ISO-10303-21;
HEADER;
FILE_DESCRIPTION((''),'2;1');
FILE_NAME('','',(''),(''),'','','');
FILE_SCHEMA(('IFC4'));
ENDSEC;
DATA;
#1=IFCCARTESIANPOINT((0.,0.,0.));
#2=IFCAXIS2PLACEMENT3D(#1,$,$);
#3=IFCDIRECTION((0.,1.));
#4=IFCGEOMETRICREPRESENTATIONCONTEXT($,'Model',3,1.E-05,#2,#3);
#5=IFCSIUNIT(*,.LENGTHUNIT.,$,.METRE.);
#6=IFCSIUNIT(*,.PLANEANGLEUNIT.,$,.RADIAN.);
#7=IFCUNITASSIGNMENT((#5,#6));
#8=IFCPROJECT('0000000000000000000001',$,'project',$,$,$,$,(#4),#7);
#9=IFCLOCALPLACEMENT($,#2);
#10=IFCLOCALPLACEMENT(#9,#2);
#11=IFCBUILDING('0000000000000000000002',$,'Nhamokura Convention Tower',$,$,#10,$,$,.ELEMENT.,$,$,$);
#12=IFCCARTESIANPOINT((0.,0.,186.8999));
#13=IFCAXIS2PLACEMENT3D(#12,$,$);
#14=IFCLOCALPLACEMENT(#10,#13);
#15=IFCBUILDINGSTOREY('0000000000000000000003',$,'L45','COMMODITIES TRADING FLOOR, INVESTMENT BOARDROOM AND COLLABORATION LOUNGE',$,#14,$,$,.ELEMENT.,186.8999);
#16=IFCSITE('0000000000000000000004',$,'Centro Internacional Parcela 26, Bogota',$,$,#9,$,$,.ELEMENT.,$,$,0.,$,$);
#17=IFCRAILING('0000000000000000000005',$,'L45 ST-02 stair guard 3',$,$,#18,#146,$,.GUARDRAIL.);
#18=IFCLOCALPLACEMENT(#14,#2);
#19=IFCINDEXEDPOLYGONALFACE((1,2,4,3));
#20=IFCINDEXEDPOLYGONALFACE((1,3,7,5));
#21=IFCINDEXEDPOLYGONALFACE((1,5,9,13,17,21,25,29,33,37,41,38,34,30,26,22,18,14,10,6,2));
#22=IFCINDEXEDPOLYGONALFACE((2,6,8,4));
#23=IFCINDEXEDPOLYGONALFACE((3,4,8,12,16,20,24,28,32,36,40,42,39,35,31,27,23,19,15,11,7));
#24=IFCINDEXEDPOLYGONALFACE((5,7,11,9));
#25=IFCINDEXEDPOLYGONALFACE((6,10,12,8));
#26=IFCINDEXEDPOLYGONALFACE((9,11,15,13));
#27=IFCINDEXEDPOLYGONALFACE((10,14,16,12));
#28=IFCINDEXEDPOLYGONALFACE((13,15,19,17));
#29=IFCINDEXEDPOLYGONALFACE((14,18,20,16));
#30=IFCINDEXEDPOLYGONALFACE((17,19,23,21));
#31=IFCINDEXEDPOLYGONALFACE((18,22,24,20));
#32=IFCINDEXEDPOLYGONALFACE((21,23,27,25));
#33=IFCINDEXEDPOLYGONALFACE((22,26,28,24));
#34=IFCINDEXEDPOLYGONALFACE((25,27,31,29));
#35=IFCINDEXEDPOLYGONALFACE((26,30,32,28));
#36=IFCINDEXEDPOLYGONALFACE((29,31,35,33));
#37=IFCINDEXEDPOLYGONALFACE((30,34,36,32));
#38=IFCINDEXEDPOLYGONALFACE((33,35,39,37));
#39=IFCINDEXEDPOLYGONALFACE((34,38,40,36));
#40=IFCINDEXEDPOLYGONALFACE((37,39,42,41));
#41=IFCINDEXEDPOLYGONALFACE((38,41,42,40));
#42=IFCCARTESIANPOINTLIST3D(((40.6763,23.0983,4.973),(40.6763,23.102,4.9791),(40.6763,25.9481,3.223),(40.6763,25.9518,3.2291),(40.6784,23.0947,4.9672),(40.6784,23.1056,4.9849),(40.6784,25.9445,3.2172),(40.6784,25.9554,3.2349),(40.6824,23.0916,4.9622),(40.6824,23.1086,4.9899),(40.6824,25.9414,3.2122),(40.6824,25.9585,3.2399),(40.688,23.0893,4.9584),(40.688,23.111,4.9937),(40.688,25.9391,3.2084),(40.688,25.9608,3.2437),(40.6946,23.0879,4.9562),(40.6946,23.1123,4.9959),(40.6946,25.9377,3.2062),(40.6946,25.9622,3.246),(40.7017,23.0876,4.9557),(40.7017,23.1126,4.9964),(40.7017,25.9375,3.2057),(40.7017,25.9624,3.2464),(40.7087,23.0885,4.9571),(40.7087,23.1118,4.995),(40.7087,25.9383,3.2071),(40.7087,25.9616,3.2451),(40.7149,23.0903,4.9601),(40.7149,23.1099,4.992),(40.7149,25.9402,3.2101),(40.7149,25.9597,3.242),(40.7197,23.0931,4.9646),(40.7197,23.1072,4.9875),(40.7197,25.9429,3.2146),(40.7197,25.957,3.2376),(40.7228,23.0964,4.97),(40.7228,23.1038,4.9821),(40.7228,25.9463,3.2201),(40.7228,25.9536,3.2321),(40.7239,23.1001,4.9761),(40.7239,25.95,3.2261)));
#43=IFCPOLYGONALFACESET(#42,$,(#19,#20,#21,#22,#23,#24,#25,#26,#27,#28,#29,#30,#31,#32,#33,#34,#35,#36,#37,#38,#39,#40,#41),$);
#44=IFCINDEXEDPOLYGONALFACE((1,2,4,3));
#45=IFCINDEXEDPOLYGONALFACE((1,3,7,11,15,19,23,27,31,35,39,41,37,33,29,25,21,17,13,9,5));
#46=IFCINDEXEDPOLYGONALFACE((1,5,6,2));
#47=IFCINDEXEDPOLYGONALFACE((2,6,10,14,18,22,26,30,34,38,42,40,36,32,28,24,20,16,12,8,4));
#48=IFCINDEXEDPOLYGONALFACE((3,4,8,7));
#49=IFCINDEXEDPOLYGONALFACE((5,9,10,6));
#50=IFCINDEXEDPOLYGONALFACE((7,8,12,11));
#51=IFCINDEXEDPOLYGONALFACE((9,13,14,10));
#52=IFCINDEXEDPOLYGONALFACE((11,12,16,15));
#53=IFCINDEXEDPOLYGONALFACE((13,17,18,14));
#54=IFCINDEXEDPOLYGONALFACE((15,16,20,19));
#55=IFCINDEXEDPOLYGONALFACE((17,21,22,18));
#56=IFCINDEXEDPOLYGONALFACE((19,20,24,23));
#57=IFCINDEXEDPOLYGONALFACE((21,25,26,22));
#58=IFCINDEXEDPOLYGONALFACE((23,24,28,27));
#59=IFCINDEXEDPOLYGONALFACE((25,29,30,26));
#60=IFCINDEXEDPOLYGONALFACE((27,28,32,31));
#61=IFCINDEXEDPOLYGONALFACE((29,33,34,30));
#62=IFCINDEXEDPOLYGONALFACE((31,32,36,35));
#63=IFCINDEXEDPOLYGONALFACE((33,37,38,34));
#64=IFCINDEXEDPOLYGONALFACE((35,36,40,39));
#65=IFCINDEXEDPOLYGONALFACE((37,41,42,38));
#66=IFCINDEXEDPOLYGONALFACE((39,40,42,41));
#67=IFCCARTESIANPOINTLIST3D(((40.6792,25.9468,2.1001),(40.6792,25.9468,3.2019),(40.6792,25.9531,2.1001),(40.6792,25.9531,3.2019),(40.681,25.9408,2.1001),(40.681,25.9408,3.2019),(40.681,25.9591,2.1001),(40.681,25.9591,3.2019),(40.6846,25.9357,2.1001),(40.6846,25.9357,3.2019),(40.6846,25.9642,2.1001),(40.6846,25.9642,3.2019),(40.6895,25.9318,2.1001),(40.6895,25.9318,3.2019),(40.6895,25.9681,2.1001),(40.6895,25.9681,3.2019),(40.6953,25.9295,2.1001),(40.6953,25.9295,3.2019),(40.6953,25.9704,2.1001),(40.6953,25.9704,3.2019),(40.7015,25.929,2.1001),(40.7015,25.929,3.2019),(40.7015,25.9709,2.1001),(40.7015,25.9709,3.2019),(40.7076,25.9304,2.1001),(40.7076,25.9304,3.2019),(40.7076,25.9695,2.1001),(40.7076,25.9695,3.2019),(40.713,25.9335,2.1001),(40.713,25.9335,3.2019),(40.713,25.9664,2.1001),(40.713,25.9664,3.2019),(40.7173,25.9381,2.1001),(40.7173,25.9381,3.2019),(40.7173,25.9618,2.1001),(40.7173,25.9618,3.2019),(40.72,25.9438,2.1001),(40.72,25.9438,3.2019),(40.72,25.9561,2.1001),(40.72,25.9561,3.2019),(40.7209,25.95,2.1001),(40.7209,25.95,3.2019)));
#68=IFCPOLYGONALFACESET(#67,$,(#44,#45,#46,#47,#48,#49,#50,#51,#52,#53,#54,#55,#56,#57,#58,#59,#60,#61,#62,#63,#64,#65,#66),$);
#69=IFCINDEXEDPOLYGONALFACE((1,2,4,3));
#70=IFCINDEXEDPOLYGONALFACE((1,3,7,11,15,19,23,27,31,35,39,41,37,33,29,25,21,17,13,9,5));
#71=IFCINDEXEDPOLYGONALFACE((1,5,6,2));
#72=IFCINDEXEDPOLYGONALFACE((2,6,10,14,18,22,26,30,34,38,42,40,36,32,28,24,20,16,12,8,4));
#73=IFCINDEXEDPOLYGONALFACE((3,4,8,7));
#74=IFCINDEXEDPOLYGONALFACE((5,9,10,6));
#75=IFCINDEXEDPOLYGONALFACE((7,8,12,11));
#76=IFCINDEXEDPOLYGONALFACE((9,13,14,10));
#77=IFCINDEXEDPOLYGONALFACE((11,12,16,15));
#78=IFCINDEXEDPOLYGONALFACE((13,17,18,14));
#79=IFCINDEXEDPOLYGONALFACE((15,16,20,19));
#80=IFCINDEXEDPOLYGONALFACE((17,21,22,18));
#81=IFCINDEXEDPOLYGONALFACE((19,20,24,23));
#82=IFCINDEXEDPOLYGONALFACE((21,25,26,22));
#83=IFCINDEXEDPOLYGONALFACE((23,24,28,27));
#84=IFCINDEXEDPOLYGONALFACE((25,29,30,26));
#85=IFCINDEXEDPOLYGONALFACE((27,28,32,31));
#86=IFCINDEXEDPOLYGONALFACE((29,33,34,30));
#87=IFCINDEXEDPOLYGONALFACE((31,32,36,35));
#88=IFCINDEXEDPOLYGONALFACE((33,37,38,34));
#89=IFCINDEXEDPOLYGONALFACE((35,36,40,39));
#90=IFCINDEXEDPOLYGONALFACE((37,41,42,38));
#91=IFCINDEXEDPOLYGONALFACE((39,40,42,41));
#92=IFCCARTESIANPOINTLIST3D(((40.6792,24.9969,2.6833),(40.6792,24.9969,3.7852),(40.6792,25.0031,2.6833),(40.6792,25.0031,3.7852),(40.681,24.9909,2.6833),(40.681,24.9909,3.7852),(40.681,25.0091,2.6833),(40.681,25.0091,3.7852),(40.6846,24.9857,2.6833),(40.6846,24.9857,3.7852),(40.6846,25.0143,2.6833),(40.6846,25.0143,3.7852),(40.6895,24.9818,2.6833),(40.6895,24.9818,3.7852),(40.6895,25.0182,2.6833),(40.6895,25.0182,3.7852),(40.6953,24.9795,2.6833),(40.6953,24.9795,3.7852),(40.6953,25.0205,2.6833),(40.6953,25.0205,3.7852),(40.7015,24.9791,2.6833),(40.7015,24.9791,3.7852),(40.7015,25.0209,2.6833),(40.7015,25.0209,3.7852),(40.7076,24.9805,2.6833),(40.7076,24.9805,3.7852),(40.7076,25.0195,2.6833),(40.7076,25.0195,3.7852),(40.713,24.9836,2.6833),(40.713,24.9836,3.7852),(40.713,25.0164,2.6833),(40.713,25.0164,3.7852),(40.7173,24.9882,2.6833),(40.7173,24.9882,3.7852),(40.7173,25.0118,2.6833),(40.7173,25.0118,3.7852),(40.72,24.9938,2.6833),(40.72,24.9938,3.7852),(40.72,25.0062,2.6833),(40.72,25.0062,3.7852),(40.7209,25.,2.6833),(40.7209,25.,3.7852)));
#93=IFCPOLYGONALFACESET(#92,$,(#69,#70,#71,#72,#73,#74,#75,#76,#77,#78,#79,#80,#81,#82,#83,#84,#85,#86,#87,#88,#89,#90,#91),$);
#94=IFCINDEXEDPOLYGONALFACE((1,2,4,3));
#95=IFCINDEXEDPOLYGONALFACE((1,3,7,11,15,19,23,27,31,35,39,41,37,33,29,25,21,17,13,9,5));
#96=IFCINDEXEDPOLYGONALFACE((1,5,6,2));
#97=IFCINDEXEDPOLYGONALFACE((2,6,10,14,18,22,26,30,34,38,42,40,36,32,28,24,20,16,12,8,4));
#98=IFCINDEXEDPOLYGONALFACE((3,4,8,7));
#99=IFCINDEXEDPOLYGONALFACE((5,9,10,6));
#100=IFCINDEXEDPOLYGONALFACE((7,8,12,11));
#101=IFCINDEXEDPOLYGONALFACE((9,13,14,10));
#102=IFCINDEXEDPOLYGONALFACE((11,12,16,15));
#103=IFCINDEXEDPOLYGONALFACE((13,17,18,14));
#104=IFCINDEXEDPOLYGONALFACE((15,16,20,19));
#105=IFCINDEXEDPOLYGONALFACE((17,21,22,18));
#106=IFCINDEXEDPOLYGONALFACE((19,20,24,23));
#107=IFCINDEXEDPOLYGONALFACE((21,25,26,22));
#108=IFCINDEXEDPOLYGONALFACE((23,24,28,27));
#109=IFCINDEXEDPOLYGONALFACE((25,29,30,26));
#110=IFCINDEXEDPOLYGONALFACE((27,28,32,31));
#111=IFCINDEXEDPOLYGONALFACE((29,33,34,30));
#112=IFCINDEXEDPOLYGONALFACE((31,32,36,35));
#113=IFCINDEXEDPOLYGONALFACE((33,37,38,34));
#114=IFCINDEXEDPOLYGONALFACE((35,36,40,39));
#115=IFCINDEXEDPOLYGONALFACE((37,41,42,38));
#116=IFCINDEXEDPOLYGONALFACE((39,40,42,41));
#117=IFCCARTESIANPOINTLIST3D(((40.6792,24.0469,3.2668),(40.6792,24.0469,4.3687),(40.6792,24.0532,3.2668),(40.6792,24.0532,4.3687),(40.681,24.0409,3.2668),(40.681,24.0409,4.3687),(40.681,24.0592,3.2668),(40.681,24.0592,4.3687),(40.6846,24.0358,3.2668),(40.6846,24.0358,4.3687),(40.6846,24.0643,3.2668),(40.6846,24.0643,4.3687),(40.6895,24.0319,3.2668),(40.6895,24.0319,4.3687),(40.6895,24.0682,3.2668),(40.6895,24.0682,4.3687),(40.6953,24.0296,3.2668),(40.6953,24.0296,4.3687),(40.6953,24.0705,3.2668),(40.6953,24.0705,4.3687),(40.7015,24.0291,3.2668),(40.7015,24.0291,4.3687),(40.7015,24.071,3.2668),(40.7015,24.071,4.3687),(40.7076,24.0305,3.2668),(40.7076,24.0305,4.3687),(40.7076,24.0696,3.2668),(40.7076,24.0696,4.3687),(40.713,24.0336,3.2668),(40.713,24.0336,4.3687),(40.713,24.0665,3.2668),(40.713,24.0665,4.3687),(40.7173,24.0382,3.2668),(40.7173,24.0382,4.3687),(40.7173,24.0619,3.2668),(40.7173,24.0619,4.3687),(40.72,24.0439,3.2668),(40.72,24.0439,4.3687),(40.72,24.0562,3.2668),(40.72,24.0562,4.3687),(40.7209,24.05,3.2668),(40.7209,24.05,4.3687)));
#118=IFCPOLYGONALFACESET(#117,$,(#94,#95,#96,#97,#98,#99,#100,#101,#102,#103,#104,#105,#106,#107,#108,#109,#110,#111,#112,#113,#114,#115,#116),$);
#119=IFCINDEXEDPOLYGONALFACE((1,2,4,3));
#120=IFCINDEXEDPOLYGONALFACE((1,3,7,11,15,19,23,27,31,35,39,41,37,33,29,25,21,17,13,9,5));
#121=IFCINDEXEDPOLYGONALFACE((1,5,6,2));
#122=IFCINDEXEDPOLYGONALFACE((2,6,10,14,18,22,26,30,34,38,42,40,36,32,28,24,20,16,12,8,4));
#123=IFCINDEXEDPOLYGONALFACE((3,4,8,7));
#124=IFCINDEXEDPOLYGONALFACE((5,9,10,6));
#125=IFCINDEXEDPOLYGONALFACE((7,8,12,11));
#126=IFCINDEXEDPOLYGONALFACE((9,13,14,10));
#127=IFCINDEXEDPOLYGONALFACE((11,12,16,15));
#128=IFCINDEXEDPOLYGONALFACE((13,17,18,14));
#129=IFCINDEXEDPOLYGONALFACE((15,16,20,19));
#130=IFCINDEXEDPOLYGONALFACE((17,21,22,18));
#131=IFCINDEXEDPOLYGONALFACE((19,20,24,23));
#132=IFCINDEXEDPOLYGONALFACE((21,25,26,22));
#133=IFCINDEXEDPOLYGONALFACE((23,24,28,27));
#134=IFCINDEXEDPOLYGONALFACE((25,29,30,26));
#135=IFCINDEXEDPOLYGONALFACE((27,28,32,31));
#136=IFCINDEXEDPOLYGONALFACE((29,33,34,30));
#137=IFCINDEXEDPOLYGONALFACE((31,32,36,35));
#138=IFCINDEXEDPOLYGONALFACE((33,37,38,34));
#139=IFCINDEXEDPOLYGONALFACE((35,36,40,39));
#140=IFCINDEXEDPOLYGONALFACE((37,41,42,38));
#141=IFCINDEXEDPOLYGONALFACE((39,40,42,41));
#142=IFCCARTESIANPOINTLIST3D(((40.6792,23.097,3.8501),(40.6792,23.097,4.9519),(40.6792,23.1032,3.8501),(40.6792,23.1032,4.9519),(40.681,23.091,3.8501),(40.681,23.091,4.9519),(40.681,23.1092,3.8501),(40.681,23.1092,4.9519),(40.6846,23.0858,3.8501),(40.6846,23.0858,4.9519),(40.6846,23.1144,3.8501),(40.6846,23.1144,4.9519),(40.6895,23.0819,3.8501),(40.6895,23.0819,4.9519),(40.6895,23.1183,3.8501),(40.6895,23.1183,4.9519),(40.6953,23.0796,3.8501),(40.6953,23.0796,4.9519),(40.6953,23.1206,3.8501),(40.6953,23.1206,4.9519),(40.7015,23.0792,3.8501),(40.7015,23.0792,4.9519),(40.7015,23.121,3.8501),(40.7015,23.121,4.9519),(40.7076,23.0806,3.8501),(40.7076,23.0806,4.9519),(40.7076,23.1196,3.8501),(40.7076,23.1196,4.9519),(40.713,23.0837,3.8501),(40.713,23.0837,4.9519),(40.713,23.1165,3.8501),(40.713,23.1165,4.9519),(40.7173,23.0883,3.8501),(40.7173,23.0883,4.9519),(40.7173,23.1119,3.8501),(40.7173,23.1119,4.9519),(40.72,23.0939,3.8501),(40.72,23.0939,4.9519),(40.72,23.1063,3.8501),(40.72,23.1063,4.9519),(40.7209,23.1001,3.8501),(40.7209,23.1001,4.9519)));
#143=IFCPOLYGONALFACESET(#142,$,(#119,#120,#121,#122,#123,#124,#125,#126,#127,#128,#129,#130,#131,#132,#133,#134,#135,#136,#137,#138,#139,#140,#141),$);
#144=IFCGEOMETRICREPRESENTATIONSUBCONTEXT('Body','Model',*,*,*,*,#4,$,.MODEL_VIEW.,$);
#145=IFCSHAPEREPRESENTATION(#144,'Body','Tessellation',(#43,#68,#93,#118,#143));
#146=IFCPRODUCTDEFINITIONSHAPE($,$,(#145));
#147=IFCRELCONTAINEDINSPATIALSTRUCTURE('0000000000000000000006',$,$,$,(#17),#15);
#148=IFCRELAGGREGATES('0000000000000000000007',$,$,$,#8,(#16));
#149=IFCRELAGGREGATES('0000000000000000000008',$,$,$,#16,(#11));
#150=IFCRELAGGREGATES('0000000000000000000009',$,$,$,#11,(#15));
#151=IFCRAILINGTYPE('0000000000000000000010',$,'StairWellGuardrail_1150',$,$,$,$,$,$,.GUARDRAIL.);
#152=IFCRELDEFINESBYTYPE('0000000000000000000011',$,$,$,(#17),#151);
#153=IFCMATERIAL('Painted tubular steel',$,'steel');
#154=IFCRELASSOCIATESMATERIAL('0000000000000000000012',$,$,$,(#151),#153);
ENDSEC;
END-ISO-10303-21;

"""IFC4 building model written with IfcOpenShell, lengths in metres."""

from ifc_helpers import new_model, si_unit, direction, frame, origin, origin_2d, place, context, subcontext, project, spatial, circle, extrude, material, type_object, element, save


model = new_model("IFC4")

# Units and contexts
model_context = context("Model", 3, precision=1e-05, world=origin(), true_north=direction((0.0, 1.0)))
body_context = subcontext(model_context, "Body", "Model", "MODEL_VIEW")
ifc_project = project(units=[si_unit("LENGTHUNIT", "METRE"), si_unit("PLANEANGLEUNIT", "RADIAN")], contexts=[model_context])

# Site, building, storey
site_placement = place(None, origin())
site = spatial("IfcSite", under=ifc_project, at=site_placement, Name="Centro Internacional Parcela 26, Bogota", CompositionType="ELEMENT", RefElevation=0.0)
building_placement = place(site_placement, origin())
building = spatial("IfcBuilding", under=site, at=building_placement, Name="Nhamokura Convention Tower", CompositionType="ELEMENT")
storey_placement = place(building_placement, frame((0.0, 0.0, 186.8999)))
storey = spatial("IfcBuildingStorey", under=building, at=storey_placement, Name="L45", Description="COMMODITIES TRADING FLOOR, INVESTMENT BOARDROOM AND COLLABORATION LOUNGE", CompositionType="ELEMENT", Elevation=186.8999)

# Railing
ifc_material_1 = material(Name="Painted tubular steel", Category="steel")
railing_type_1 = type_object("IfcRailingType", Name="StairWellGuardrail_1150", PredefinedType="GUARDRAIL", material=ifc_material_1)
railing_1_placement = place(storey_placement, frame((40.7, 25.95, 2.1001)))
element("IfcRailing", 1, at=railing_1_placement, inside=storey, type_object=railing_type_1, Name="L45 ST-02 stair guard 3", PredefinedType="GUARDRAIL", context=body_context, shape_type="SweptSolid", body=[
    extrude(circle(Radius=0.0239, at=origin_2d()), frame((0.0, 0.0, 1.126), z_axis=(0.0, -0.852159, 0.523283), x_axis=(1.0, 0.0, 0.0)), (0.0, 0.0, 1.0), 3.3442),
    extrude(circle(Radius=0.021, at=origin_2d()), origin(), (0.0, 0.0, 1.0), 1.1018),
    extrude(circle(Radius=0.021, at=origin_2d()), frame((0.0, -0.95, 0.5833)), (0.0, 0.0, 1.0), 1.1018),
    extrude(circle(Radius=0.021, at=origin_2d()), frame((0.0, -1.8999, 1.1667)), (0.0, 0.0, 1.0), 1.1018),
    extrude(circle(Radius=0.021, at=origin_2d()), frame((0.0, -2.8499, 1.75)), (0.0, 0.0, 1.0), 1.1018),
])

save(model, "model.ifc")
